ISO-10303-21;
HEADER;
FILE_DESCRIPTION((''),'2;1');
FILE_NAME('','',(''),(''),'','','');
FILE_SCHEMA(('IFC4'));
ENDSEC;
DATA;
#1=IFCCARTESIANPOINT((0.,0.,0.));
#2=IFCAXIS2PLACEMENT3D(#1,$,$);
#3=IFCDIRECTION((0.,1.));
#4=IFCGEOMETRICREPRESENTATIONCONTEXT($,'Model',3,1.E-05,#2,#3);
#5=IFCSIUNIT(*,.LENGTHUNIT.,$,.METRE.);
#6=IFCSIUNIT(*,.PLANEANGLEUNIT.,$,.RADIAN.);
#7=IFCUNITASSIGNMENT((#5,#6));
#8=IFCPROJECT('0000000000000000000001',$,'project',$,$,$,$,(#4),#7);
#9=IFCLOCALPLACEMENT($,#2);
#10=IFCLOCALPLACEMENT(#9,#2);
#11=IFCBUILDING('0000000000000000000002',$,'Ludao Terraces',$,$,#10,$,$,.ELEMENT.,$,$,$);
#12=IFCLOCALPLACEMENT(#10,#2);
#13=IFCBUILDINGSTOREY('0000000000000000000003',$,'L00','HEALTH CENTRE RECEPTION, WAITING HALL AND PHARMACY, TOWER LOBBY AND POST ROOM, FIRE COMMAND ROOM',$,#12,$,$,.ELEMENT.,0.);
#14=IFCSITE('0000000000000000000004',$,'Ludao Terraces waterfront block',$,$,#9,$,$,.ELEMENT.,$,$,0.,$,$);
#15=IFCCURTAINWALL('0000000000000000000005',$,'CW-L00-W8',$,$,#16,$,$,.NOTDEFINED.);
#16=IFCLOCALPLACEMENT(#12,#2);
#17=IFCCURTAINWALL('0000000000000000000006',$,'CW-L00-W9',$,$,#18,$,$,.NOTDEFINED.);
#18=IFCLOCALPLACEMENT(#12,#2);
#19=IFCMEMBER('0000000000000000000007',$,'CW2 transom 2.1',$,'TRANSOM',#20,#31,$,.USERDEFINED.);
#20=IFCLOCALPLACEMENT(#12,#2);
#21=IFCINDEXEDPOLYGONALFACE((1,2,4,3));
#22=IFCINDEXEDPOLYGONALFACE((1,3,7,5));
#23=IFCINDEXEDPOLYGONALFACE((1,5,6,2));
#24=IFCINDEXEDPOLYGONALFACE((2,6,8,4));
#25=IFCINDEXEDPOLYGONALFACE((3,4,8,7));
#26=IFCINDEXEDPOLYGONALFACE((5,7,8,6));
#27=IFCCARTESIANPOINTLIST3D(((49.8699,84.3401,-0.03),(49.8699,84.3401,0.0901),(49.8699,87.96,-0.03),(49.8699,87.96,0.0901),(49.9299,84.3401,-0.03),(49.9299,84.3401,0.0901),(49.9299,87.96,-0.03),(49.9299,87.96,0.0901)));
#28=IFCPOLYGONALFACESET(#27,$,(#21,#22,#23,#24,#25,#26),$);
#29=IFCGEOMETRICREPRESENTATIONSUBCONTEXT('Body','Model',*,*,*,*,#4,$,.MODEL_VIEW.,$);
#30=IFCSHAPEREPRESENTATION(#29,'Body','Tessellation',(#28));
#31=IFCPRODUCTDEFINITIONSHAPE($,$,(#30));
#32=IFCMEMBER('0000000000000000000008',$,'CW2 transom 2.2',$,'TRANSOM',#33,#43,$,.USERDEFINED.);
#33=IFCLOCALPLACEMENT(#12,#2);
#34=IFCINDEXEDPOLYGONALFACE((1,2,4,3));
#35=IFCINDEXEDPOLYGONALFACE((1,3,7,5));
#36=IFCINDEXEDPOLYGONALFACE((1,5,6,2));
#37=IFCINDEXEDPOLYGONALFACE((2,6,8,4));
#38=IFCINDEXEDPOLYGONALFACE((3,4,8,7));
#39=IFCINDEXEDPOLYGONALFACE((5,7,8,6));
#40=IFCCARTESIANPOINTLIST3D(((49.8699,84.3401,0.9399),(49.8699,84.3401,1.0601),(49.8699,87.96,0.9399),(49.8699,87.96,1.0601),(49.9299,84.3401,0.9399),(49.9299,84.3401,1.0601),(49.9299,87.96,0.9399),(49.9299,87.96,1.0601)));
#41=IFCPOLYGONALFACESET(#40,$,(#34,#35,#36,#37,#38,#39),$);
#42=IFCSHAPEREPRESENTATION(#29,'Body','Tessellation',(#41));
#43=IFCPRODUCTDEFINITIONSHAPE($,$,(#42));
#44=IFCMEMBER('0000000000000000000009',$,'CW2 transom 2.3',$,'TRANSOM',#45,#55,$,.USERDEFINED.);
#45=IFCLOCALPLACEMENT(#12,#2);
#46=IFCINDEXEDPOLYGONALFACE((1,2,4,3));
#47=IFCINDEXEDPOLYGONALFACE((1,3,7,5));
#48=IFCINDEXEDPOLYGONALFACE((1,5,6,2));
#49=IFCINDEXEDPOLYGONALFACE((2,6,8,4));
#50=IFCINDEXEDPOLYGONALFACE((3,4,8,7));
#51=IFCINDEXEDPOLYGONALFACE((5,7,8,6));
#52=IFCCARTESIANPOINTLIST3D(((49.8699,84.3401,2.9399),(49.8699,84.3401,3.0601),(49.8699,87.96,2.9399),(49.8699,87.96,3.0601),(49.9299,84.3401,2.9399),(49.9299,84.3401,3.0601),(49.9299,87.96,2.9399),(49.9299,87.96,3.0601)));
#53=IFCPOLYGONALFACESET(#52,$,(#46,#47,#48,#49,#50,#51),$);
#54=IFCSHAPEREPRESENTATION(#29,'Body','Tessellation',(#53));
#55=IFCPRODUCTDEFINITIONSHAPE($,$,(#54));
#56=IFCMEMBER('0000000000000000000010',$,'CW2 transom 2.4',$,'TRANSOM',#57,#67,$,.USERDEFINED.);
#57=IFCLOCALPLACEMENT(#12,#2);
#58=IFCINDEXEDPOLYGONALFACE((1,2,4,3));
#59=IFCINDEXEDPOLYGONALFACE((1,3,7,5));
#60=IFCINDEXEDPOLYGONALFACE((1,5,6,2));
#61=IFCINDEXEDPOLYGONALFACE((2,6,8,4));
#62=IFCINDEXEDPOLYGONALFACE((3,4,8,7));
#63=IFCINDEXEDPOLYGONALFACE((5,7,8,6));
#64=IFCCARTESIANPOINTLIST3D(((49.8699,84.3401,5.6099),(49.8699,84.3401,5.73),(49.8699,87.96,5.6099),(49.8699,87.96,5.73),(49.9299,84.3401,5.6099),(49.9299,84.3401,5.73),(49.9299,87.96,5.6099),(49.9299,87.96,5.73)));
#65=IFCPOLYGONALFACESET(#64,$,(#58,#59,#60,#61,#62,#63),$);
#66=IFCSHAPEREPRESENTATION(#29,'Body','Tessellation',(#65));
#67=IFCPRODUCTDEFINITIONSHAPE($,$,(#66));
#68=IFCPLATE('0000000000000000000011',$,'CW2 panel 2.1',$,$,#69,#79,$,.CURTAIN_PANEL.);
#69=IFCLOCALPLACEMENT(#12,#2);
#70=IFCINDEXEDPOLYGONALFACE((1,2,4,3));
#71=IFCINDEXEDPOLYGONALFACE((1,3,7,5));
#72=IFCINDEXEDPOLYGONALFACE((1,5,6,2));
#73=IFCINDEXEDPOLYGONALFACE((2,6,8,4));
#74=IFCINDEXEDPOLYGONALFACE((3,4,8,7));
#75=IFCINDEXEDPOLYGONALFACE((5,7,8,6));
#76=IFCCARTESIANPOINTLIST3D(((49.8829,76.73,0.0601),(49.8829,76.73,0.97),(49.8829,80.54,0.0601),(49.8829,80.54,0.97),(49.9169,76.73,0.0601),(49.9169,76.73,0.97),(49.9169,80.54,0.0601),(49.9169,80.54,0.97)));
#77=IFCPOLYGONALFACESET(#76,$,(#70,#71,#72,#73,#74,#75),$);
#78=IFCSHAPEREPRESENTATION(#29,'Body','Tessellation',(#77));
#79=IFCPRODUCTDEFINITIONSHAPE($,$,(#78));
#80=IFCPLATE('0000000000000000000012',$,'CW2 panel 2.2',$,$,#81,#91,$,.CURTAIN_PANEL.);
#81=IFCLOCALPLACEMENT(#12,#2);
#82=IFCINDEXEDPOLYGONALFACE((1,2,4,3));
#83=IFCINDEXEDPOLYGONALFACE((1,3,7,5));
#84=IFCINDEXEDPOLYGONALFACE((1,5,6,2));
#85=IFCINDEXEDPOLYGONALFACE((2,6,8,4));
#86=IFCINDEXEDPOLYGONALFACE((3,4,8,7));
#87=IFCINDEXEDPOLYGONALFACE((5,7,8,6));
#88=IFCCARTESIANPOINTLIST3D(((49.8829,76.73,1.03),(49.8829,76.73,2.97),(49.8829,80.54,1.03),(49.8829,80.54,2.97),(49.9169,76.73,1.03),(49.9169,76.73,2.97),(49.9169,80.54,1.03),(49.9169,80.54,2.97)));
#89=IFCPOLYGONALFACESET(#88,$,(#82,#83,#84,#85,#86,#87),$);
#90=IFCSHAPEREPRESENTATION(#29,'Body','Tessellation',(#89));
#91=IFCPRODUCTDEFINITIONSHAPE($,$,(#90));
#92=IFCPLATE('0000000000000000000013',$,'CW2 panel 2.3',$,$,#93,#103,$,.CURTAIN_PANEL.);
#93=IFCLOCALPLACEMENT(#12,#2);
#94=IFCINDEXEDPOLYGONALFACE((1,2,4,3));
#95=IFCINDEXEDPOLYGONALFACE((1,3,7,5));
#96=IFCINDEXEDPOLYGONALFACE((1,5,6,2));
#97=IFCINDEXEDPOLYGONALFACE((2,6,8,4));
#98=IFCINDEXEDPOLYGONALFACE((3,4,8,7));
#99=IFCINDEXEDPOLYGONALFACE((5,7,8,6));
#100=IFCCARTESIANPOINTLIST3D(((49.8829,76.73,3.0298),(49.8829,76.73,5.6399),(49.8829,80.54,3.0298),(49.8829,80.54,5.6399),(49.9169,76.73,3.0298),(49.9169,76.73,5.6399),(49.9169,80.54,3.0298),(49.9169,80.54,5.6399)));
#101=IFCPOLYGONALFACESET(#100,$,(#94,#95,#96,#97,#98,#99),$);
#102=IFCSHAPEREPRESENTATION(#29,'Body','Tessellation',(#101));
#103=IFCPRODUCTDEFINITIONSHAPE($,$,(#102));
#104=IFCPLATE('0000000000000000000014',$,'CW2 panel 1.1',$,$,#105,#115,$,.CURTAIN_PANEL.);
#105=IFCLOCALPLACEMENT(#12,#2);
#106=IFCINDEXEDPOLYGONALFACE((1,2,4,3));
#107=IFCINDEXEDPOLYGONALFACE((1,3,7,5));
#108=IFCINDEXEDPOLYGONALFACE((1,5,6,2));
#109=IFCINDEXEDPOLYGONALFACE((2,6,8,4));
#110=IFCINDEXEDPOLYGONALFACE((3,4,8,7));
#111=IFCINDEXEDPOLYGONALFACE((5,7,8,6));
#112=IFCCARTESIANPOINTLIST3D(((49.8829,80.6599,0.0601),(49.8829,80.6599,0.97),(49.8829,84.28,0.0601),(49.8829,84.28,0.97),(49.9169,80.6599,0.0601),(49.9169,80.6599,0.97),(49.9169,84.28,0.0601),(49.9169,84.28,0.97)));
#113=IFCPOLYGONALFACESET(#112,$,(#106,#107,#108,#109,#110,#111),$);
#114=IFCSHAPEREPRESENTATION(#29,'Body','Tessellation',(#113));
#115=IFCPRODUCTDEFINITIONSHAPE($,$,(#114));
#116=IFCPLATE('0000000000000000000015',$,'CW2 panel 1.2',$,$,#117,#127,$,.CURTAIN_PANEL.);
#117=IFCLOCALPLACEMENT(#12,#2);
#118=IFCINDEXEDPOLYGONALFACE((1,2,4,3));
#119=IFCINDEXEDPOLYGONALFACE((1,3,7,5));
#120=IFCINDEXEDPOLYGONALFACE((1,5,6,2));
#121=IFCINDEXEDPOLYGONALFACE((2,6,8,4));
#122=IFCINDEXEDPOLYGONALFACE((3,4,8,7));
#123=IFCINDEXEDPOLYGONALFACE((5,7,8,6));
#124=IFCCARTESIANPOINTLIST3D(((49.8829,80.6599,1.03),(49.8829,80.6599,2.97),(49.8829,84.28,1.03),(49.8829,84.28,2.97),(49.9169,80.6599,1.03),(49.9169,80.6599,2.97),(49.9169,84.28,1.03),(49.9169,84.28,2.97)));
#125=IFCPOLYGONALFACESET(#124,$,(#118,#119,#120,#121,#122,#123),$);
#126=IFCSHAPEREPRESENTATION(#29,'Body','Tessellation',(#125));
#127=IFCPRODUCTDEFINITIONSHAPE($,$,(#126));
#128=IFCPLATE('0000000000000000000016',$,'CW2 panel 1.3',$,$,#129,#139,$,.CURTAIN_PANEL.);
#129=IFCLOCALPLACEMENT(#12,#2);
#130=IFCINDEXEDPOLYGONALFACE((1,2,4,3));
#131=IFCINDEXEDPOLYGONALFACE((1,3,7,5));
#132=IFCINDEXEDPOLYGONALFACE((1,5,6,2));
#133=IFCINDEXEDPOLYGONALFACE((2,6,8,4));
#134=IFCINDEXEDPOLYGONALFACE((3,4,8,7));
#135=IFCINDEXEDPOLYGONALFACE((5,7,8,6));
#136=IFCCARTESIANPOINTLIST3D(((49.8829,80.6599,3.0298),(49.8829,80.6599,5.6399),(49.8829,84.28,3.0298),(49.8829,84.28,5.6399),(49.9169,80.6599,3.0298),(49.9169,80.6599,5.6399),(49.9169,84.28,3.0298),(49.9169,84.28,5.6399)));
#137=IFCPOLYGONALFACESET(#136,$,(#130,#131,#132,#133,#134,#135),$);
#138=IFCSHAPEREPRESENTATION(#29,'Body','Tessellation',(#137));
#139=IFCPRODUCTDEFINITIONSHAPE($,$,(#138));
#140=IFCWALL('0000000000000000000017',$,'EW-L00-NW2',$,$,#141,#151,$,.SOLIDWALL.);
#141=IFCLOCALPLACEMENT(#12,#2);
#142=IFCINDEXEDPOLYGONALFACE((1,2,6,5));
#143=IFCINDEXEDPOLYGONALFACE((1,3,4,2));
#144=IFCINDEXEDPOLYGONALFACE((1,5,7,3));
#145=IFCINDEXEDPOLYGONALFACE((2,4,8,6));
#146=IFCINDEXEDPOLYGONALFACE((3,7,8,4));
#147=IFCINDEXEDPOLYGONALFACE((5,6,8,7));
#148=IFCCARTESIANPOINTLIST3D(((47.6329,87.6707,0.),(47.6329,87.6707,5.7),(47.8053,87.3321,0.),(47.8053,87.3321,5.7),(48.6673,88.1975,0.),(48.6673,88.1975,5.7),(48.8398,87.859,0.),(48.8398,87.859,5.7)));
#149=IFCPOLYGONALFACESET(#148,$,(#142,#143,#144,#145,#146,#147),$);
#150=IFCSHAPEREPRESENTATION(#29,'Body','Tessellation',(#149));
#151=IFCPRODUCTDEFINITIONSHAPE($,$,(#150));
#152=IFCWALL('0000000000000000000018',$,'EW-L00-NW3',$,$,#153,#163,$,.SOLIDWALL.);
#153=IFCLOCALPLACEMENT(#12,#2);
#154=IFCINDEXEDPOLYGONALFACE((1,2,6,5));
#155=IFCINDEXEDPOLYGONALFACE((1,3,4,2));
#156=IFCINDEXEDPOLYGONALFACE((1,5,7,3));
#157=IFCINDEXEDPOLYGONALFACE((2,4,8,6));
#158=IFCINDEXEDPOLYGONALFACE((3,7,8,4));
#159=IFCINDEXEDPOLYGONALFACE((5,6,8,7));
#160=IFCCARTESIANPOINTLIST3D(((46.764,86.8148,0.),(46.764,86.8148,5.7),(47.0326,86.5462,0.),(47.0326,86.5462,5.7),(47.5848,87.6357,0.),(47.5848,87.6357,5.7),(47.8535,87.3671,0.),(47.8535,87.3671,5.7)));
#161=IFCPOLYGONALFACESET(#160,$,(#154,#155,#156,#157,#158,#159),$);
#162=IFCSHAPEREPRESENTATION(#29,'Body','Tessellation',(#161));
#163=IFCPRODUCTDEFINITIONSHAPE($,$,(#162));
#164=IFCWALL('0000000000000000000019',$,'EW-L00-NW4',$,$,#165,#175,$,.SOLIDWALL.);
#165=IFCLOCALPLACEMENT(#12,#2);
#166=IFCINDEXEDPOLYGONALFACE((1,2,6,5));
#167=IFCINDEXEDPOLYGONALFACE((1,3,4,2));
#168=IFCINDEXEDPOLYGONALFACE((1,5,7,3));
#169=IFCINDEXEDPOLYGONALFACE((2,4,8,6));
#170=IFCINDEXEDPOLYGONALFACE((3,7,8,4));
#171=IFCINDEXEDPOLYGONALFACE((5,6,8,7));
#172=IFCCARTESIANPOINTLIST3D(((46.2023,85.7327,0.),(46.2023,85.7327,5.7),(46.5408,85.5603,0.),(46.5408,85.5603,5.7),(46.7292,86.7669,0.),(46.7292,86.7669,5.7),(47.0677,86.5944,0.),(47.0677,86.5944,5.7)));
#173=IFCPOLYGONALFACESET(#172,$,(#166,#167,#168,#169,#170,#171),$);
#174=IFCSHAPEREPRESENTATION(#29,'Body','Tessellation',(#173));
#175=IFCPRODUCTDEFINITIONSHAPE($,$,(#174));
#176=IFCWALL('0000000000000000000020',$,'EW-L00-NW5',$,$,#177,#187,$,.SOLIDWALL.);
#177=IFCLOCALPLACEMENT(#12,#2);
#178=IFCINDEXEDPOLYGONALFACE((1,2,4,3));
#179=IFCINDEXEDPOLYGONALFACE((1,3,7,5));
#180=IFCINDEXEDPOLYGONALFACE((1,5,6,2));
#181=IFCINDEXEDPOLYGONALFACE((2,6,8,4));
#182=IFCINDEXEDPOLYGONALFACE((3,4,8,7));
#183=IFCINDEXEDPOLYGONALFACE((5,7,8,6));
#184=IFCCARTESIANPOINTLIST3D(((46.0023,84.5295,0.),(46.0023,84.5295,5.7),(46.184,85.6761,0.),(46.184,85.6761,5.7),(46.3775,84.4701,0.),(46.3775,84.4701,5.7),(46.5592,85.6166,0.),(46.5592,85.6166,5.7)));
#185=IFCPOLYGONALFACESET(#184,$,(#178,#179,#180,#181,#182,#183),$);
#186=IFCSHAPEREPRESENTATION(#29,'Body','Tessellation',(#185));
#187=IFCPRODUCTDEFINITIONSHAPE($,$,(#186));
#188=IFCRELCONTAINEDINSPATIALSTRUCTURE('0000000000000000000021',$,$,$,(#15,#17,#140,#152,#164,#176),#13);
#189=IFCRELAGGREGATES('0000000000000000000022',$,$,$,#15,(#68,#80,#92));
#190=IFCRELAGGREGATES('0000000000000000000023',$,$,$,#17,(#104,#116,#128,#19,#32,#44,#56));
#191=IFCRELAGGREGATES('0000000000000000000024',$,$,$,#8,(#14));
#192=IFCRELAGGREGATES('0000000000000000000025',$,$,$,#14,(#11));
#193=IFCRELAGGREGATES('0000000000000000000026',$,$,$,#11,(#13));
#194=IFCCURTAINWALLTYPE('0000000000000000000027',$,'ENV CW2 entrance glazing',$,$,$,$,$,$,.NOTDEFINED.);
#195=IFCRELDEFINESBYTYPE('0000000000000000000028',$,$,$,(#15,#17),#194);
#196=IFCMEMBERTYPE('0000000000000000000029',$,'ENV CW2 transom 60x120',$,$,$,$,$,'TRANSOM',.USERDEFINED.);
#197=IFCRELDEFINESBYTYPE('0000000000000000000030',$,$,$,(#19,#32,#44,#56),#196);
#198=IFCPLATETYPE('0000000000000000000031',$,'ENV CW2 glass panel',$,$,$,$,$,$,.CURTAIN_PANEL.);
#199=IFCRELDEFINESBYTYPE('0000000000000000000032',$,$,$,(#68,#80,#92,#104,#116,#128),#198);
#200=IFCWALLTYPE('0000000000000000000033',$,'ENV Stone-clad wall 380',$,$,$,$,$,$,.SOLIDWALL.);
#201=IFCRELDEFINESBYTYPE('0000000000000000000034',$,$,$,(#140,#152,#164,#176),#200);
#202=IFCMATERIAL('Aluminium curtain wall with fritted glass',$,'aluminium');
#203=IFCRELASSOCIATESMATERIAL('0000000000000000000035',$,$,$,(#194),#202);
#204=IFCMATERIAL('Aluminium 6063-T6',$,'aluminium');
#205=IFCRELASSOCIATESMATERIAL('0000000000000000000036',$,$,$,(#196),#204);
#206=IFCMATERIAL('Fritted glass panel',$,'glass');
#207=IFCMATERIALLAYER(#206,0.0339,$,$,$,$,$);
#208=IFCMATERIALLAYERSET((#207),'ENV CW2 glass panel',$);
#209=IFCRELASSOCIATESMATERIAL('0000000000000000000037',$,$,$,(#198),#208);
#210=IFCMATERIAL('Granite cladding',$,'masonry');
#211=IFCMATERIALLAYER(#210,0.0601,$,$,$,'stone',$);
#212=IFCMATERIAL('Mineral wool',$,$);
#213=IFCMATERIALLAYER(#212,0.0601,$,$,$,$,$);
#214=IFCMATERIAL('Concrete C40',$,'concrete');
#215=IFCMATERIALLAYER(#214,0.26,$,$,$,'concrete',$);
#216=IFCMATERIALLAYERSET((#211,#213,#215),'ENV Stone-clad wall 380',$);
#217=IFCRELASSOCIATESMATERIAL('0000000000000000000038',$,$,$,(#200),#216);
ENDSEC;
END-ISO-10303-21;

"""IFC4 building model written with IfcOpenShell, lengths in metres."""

from ifc_helpers import new_model, si_unit, direction, frame, frame_2d, origin, origin_2d, place, context, subcontext, project, spatial, rectangle, extrude, material, layer, layer_set, material_profile, profile_set, type_object, element, aggregate, save


model = new_model("IFC4")

# Units and contexts
model_context = context("Model", 3, precision=1e-05, world=origin(), true_north=direction((0.0, 1.0)))
body_context = subcontext(model_context, "Body", "Model", "MODEL_VIEW")
ifc_project = project(units=[si_unit("LENGTHUNIT", "METRE"), si_unit("PLANEANGLEUNIT", "RADIAN")], contexts=[model_context])

# Site, building, storey
site_placement = place(None, origin())
site = spatial("IfcSite", under=ifc_project, at=site_placement, Name="Ludao Terraces waterfront block", CompositionType="ELEMENT", RefElevation=0.0)
building_placement = place(site_placement, origin())
building = spatial("IfcBuilding", under=site, at=building_placement, Name="Ludao Terraces", CompositionType="ELEMENT")
storey_placement = place(building_placement, origin())
storey = spatial("IfcBuildingStorey", under=building, at=storey_placement, Name="L00", Description="HEALTH CENTRE RECEPTION, WAITING HALL AND PHARMACY, TOWER LOBBY AND POST ROOM, FIRE COMMAND ROOM", CompositionType="ELEMENT", Elevation=0.0)

# Curtain wall
ifc_material_1 = material(Name="Aluminium curtain wall with fritted glass", Category="aluminium")
curtain_wall_type = type_object("IfcCurtainWallType", Name="ENV CW2 entrance glazing", PredefinedType="NOTDEFINED", material=ifc_material_1)
curtain_wall_1_placement = place(storey_placement, origin())
curtain_wall_1 = element("IfcCurtainWall", 1, at=curtain_wall_1_placement, inside=storey, type_object=curtain_wall_type, Name="CW-L00-W8", PredefinedType="NOTDEFINED")
ifc_material_2 = material(Name="Aluminium 6063-T6", Category="aluminium")

# Curtain wall, members
curtain_wall_2_placement = place(storey_placement, origin())
curtain_wall_2 = element("IfcCurtainWall", 2, at=curtain_wall_2_placement, inside=storey, type_object=curtain_wall_type, Name="CW-L00-W9", PredefinedType="NOTDEFINED")
ifc_material_profile_1 = material_profile(ifc_material_2, rectangle(XDim=0.0601, YDim=0.1201, at=origin_2d()), Name="60 X 120")
ifc_profile_set_1 = profile_set([ifc_material_profile_1], Name="Aluminium 6063-T6")
member_type_1 = type_object("IfcMemberType", Name="ENV CW2 transom 60x120", ElementType="TRANSOM", PredefinedType="USERDEFINED", material=ifc_profile_set_1)
member_1_placement = place(storey_placement, frame((49.8999, 84.3401, 0.03), z_axis=(0.0, 1.0, 0.0), x_axis=(-1.0, 0.0, 0.0)))
member_1 = element("IfcMember", 3, at=member_1_placement, type_object=member_type_1, Name="CW2 transom 2.1", ObjectType="TRANSOM", PredefinedType="USERDEFINED", context=body_context, shape_type="SweptSolid", body=[
    extrude(rectangle(XDim=0.0601, YDim=0.1201, at=origin_2d()), origin(), (0.0, 0.0, 1.0), 3.6199),
])
member_2_placement = place(storey_placement, frame((49.8999, 84.3401, 1.0), z_axis=(0.0, 1.0, 0.0), x_axis=(-1.0, 0.0, 0.0)))
member_2 = element("IfcMember", 4, at=member_2_placement, type_object=member_type_1, Name="CW2 transom 2.2", ObjectType="TRANSOM", PredefinedType="USERDEFINED", context=body_context, shape_type="SweptSolid", body=[
    extrude(rectangle(XDim=0.0601, YDim=0.1201, at=origin_2d()), origin(), (0.0, 0.0, 1.0), 3.6199),
])
member_3_placement = place(storey_placement, frame((49.8999, 84.3401, 3.0), z_axis=(0.0, 1.0, 0.0), x_axis=(-1.0, 0.0, 0.0)))
member_3 = element("IfcMember", 5, at=member_3_placement, type_object=member_type_1, Name="CW2 transom 2.3", ObjectType="TRANSOM", PredefinedType="USERDEFINED", context=body_context, shape_type="SweptSolid", body=[
    extrude(rectangle(XDim=0.0601, YDim=0.1201, at=origin_2d()), origin(), (0.0, 0.0, 1.0), 3.6199),
])
member_4_placement = place(storey_placement, frame((49.8999, 84.3401, 5.6699), z_axis=(0.0, 1.0, 0.0), x_axis=(-1.0, 0.0, 0.0)))
member_4 = element("IfcMember", 6, at=member_4_placement, type_object=member_type_1, Name="CW2 transom 2.4", ObjectType="TRANSOM", PredefinedType="USERDEFINED", context=body_context, shape_type="SweptSolid", body=[
    extrude(rectangle(XDim=0.0601, YDim=0.1201, at=origin_2d()), origin(), (0.0, 0.0, 1.0), 3.6199),
])

# Plates
ifc_material_3 = material(Name="Fritted glass panel", Category="glass")
ifc_layer_1 = layer(ifc_material_3, 0.0339)
ifc_layer_set_1 = layer_set([ifc_layer_1], Name="ENV CW2 glass panel")
plate_type = type_object("IfcPlateType", Name="ENV CW2 glass panel", PredefinedType="CURTAIN_PANEL", material=ifc_layer_set_1)
plate_1_placement = place(storey_placement, frame((49.8999, 78.635, 0.0601), z_axis=(0.0, 0.0, 1.0), x_axis=(0.0, 1.0, 0.0)))
plate_1 = element("IfcPlate", 7, at=plate_1_placement, type_object=plate_type, Name="CW2 panel 2.1", PredefinedType="CURTAIN_PANEL", context=body_context, shape_type="SweptSolid", body=[
    extrude(rectangle(XDim=3.8101, YDim=0.0339, at=origin_2d()), origin(), (0.0, 0.0, 1.0), 0.9099),
])
plate_2_placement = place(storey_placement, frame((49.8999, 78.635, 1.03), z_axis=(0.0, 0.0, 1.0), x_axis=(0.0, 1.0, 0.0)))
plate_2 = element("IfcPlate", 8, at=plate_2_placement, type_object=plate_type, Name="CW2 panel 2.2", PredefinedType="CURTAIN_PANEL", context=body_context, shape_type="SweptSolid", body=[
    extrude(rectangle(XDim=3.8101, YDim=0.0339, at=origin_2d()), origin(), (0.0, 0.0, 1.0), 1.9399),
])
plate_3_placement = place(storey_placement, frame((49.8999, 78.635, 3.0298), z_axis=(0.0, 0.0, 1.0), x_axis=(0.0, 1.0, 0.0)))
plate_3 = element("IfcPlate", 9, at=plate_3_placement, type_object=plate_type, Name="CW2 panel 2.3", PredefinedType="CURTAIN_PANEL", context=body_context, shape_type="SweptSolid", body=[
    extrude(rectangle(XDim=3.8101, YDim=0.0339, at=origin_2d()), origin(), (0.0, 0.0, 1.0), 2.6101),
])
aggregate(curtain_wall_1, [plate_1, plate_2, plate_3])
plate_4_placement = place(storey_placement, frame((49.8999, 82.47, 0.0601), z_axis=(0.0, 0.0, 1.0), x_axis=(0.0, 1.0, 0.0)))
plate_4 = element("IfcPlate", 10, at=plate_4_placement, type_object=plate_type, Name="CW2 panel 1.1", PredefinedType="CURTAIN_PANEL", context=body_context, shape_type="SweptSolid", body=[
    extrude(rectangle(XDim=3.6201, YDim=0.0339, at=origin_2d()), origin(), (0.0, 0.0, 1.0), 0.9099),
])
plate_5_placement = place(storey_placement, frame((49.8999, 82.47, 1.03), z_axis=(0.0, 0.0, 1.0), x_axis=(0.0, 1.0, 0.0)))
plate_5 = element("IfcPlate", 11, at=plate_5_placement, type_object=plate_type, Name="CW2 panel 1.2", PredefinedType="CURTAIN_PANEL", context=body_context, shape_type="SweptSolid", body=[
    extrude(rectangle(XDim=3.6201, YDim=0.0339, at=origin_2d()), origin(), (0.0, 0.0, 1.0), 1.9399),
])
plate_6_placement = place(storey_placement, frame((49.8999, 82.47, 3.0298), z_axis=(0.0, 0.0, 1.0), x_axis=(0.0, 1.0, 0.0)))
plate_6 = element("IfcPlate", 12, at=plate_6_placement, type_object=plate_type, Name="CW2 panel 1.3", PredefinedType="CURTAIN_PANEL", context=body_context, shape_type="SweptSolid", body=[
    extrude(rectangle(XDim=3.6201, YDim=0.0339, at=origin_2d()), origin(), (0.0, 0.0, 1.0), 2.6101),
])
aggregate(curtain_wall_2, [plate_4, plate_5, plate_6, member_1, member_2, member_3, member_4])

# Walls
ifc_material_4 = material(Name="Granite cladding", Category="masonry")
ifc_layer_2 = layer(ifc_material_4, 0.0601, Category="stone")
ifc_material_5 = material(Name="Mineral wool")
ifc_layer_3 = layer(ifc_material_5, 0.0601)
ifc_material_6 = material(Name="Concrete C40", Category="concrete")
ifc_layer_4 = layer(ifc_material_6, 0.26, Category="concrete")
ifc_layer_set_2 = layer_set([ifc_layer_2, ifc_layer_3, ifc_layer_4], Name="ENV Stone-clad wall 380")
wall_type_1 = type_object("IfcWallType", Name="ENV Stone-clad wall 380", PredefinedType="SOLIDWALL", material=ifc_layer_set_2)
for number, where, z_axis, x_axis, name in (
    (13, (48.7537, 88.0283, 0.0), (0.0, 0.0, 1.0), (-0.89108, -0.453847, 0.0), "EW-L00-NW2"),
    (14, (47.7192, 87.5015, 0.0), (0.0, 0.0, 1.0), (-0.707107, -0.707107, 0.0), "EW-L00-NW3"),
):
    element("IfcWall", number, at=place(storey_placement, frame(where, z_axis=z_axis, x_axis=x_axis)), inside=storey, type_object=wall_type_1, Name=name, PredefinedType="SOLIDWALL", context=body_context, shape_type="SweptSolid", body=[
        extrude(rectangle(XDim=1.1609, YDim=0.3799, at=frame_2d((0.5806, 0.0))), origin(), (0.0, 0.0, 1.0), 5.7),
    ])
wall_1_placement = place(storey_placement, frame((46.8984, 86.6807, 0.0), z_axis=(0.0, 0.0, 1.0), x_axis=(-0.453932, -0.891036, 0.0)))
element("IfcWall", 15, at=wall_1_placement, inside=storey, type_object=wall_type_1, Name="EW-L00-NW4", PredefinedType="SOLIDWALL", context=body_context, shape_type="SweptSolid", body=[
    extrude(rectangle(XDim=1.1606, YDim=0.3799, at=frame_2d((0.5803, 0.0))), origin(), (0.0, 0.0, 1.0), 5.7),
])
wall_2_placement = place(storey_placement, frame((46.3716, 85.6465, 0.0), z_axis=(0.0, 0.0, 1.0), x_axis=(-0.156481, -0.987681, 0.0)))
element("IfcWall", 16, at=wall_2_placement, inside=storey, type_object=wall_type_1, Name="EW-L00-NW5", PredefinedType="SOLIDWALL", context=body_context, shape_type="SweptSolid", body=[
    extrude(rectangle(XDim=1.1609, YDim=0.3799, at=frame_2d((0.5806, 0.0))), origin(), (0.0, 0.0, 1.0), 5.7),
])

save(model, "model.ifc")
